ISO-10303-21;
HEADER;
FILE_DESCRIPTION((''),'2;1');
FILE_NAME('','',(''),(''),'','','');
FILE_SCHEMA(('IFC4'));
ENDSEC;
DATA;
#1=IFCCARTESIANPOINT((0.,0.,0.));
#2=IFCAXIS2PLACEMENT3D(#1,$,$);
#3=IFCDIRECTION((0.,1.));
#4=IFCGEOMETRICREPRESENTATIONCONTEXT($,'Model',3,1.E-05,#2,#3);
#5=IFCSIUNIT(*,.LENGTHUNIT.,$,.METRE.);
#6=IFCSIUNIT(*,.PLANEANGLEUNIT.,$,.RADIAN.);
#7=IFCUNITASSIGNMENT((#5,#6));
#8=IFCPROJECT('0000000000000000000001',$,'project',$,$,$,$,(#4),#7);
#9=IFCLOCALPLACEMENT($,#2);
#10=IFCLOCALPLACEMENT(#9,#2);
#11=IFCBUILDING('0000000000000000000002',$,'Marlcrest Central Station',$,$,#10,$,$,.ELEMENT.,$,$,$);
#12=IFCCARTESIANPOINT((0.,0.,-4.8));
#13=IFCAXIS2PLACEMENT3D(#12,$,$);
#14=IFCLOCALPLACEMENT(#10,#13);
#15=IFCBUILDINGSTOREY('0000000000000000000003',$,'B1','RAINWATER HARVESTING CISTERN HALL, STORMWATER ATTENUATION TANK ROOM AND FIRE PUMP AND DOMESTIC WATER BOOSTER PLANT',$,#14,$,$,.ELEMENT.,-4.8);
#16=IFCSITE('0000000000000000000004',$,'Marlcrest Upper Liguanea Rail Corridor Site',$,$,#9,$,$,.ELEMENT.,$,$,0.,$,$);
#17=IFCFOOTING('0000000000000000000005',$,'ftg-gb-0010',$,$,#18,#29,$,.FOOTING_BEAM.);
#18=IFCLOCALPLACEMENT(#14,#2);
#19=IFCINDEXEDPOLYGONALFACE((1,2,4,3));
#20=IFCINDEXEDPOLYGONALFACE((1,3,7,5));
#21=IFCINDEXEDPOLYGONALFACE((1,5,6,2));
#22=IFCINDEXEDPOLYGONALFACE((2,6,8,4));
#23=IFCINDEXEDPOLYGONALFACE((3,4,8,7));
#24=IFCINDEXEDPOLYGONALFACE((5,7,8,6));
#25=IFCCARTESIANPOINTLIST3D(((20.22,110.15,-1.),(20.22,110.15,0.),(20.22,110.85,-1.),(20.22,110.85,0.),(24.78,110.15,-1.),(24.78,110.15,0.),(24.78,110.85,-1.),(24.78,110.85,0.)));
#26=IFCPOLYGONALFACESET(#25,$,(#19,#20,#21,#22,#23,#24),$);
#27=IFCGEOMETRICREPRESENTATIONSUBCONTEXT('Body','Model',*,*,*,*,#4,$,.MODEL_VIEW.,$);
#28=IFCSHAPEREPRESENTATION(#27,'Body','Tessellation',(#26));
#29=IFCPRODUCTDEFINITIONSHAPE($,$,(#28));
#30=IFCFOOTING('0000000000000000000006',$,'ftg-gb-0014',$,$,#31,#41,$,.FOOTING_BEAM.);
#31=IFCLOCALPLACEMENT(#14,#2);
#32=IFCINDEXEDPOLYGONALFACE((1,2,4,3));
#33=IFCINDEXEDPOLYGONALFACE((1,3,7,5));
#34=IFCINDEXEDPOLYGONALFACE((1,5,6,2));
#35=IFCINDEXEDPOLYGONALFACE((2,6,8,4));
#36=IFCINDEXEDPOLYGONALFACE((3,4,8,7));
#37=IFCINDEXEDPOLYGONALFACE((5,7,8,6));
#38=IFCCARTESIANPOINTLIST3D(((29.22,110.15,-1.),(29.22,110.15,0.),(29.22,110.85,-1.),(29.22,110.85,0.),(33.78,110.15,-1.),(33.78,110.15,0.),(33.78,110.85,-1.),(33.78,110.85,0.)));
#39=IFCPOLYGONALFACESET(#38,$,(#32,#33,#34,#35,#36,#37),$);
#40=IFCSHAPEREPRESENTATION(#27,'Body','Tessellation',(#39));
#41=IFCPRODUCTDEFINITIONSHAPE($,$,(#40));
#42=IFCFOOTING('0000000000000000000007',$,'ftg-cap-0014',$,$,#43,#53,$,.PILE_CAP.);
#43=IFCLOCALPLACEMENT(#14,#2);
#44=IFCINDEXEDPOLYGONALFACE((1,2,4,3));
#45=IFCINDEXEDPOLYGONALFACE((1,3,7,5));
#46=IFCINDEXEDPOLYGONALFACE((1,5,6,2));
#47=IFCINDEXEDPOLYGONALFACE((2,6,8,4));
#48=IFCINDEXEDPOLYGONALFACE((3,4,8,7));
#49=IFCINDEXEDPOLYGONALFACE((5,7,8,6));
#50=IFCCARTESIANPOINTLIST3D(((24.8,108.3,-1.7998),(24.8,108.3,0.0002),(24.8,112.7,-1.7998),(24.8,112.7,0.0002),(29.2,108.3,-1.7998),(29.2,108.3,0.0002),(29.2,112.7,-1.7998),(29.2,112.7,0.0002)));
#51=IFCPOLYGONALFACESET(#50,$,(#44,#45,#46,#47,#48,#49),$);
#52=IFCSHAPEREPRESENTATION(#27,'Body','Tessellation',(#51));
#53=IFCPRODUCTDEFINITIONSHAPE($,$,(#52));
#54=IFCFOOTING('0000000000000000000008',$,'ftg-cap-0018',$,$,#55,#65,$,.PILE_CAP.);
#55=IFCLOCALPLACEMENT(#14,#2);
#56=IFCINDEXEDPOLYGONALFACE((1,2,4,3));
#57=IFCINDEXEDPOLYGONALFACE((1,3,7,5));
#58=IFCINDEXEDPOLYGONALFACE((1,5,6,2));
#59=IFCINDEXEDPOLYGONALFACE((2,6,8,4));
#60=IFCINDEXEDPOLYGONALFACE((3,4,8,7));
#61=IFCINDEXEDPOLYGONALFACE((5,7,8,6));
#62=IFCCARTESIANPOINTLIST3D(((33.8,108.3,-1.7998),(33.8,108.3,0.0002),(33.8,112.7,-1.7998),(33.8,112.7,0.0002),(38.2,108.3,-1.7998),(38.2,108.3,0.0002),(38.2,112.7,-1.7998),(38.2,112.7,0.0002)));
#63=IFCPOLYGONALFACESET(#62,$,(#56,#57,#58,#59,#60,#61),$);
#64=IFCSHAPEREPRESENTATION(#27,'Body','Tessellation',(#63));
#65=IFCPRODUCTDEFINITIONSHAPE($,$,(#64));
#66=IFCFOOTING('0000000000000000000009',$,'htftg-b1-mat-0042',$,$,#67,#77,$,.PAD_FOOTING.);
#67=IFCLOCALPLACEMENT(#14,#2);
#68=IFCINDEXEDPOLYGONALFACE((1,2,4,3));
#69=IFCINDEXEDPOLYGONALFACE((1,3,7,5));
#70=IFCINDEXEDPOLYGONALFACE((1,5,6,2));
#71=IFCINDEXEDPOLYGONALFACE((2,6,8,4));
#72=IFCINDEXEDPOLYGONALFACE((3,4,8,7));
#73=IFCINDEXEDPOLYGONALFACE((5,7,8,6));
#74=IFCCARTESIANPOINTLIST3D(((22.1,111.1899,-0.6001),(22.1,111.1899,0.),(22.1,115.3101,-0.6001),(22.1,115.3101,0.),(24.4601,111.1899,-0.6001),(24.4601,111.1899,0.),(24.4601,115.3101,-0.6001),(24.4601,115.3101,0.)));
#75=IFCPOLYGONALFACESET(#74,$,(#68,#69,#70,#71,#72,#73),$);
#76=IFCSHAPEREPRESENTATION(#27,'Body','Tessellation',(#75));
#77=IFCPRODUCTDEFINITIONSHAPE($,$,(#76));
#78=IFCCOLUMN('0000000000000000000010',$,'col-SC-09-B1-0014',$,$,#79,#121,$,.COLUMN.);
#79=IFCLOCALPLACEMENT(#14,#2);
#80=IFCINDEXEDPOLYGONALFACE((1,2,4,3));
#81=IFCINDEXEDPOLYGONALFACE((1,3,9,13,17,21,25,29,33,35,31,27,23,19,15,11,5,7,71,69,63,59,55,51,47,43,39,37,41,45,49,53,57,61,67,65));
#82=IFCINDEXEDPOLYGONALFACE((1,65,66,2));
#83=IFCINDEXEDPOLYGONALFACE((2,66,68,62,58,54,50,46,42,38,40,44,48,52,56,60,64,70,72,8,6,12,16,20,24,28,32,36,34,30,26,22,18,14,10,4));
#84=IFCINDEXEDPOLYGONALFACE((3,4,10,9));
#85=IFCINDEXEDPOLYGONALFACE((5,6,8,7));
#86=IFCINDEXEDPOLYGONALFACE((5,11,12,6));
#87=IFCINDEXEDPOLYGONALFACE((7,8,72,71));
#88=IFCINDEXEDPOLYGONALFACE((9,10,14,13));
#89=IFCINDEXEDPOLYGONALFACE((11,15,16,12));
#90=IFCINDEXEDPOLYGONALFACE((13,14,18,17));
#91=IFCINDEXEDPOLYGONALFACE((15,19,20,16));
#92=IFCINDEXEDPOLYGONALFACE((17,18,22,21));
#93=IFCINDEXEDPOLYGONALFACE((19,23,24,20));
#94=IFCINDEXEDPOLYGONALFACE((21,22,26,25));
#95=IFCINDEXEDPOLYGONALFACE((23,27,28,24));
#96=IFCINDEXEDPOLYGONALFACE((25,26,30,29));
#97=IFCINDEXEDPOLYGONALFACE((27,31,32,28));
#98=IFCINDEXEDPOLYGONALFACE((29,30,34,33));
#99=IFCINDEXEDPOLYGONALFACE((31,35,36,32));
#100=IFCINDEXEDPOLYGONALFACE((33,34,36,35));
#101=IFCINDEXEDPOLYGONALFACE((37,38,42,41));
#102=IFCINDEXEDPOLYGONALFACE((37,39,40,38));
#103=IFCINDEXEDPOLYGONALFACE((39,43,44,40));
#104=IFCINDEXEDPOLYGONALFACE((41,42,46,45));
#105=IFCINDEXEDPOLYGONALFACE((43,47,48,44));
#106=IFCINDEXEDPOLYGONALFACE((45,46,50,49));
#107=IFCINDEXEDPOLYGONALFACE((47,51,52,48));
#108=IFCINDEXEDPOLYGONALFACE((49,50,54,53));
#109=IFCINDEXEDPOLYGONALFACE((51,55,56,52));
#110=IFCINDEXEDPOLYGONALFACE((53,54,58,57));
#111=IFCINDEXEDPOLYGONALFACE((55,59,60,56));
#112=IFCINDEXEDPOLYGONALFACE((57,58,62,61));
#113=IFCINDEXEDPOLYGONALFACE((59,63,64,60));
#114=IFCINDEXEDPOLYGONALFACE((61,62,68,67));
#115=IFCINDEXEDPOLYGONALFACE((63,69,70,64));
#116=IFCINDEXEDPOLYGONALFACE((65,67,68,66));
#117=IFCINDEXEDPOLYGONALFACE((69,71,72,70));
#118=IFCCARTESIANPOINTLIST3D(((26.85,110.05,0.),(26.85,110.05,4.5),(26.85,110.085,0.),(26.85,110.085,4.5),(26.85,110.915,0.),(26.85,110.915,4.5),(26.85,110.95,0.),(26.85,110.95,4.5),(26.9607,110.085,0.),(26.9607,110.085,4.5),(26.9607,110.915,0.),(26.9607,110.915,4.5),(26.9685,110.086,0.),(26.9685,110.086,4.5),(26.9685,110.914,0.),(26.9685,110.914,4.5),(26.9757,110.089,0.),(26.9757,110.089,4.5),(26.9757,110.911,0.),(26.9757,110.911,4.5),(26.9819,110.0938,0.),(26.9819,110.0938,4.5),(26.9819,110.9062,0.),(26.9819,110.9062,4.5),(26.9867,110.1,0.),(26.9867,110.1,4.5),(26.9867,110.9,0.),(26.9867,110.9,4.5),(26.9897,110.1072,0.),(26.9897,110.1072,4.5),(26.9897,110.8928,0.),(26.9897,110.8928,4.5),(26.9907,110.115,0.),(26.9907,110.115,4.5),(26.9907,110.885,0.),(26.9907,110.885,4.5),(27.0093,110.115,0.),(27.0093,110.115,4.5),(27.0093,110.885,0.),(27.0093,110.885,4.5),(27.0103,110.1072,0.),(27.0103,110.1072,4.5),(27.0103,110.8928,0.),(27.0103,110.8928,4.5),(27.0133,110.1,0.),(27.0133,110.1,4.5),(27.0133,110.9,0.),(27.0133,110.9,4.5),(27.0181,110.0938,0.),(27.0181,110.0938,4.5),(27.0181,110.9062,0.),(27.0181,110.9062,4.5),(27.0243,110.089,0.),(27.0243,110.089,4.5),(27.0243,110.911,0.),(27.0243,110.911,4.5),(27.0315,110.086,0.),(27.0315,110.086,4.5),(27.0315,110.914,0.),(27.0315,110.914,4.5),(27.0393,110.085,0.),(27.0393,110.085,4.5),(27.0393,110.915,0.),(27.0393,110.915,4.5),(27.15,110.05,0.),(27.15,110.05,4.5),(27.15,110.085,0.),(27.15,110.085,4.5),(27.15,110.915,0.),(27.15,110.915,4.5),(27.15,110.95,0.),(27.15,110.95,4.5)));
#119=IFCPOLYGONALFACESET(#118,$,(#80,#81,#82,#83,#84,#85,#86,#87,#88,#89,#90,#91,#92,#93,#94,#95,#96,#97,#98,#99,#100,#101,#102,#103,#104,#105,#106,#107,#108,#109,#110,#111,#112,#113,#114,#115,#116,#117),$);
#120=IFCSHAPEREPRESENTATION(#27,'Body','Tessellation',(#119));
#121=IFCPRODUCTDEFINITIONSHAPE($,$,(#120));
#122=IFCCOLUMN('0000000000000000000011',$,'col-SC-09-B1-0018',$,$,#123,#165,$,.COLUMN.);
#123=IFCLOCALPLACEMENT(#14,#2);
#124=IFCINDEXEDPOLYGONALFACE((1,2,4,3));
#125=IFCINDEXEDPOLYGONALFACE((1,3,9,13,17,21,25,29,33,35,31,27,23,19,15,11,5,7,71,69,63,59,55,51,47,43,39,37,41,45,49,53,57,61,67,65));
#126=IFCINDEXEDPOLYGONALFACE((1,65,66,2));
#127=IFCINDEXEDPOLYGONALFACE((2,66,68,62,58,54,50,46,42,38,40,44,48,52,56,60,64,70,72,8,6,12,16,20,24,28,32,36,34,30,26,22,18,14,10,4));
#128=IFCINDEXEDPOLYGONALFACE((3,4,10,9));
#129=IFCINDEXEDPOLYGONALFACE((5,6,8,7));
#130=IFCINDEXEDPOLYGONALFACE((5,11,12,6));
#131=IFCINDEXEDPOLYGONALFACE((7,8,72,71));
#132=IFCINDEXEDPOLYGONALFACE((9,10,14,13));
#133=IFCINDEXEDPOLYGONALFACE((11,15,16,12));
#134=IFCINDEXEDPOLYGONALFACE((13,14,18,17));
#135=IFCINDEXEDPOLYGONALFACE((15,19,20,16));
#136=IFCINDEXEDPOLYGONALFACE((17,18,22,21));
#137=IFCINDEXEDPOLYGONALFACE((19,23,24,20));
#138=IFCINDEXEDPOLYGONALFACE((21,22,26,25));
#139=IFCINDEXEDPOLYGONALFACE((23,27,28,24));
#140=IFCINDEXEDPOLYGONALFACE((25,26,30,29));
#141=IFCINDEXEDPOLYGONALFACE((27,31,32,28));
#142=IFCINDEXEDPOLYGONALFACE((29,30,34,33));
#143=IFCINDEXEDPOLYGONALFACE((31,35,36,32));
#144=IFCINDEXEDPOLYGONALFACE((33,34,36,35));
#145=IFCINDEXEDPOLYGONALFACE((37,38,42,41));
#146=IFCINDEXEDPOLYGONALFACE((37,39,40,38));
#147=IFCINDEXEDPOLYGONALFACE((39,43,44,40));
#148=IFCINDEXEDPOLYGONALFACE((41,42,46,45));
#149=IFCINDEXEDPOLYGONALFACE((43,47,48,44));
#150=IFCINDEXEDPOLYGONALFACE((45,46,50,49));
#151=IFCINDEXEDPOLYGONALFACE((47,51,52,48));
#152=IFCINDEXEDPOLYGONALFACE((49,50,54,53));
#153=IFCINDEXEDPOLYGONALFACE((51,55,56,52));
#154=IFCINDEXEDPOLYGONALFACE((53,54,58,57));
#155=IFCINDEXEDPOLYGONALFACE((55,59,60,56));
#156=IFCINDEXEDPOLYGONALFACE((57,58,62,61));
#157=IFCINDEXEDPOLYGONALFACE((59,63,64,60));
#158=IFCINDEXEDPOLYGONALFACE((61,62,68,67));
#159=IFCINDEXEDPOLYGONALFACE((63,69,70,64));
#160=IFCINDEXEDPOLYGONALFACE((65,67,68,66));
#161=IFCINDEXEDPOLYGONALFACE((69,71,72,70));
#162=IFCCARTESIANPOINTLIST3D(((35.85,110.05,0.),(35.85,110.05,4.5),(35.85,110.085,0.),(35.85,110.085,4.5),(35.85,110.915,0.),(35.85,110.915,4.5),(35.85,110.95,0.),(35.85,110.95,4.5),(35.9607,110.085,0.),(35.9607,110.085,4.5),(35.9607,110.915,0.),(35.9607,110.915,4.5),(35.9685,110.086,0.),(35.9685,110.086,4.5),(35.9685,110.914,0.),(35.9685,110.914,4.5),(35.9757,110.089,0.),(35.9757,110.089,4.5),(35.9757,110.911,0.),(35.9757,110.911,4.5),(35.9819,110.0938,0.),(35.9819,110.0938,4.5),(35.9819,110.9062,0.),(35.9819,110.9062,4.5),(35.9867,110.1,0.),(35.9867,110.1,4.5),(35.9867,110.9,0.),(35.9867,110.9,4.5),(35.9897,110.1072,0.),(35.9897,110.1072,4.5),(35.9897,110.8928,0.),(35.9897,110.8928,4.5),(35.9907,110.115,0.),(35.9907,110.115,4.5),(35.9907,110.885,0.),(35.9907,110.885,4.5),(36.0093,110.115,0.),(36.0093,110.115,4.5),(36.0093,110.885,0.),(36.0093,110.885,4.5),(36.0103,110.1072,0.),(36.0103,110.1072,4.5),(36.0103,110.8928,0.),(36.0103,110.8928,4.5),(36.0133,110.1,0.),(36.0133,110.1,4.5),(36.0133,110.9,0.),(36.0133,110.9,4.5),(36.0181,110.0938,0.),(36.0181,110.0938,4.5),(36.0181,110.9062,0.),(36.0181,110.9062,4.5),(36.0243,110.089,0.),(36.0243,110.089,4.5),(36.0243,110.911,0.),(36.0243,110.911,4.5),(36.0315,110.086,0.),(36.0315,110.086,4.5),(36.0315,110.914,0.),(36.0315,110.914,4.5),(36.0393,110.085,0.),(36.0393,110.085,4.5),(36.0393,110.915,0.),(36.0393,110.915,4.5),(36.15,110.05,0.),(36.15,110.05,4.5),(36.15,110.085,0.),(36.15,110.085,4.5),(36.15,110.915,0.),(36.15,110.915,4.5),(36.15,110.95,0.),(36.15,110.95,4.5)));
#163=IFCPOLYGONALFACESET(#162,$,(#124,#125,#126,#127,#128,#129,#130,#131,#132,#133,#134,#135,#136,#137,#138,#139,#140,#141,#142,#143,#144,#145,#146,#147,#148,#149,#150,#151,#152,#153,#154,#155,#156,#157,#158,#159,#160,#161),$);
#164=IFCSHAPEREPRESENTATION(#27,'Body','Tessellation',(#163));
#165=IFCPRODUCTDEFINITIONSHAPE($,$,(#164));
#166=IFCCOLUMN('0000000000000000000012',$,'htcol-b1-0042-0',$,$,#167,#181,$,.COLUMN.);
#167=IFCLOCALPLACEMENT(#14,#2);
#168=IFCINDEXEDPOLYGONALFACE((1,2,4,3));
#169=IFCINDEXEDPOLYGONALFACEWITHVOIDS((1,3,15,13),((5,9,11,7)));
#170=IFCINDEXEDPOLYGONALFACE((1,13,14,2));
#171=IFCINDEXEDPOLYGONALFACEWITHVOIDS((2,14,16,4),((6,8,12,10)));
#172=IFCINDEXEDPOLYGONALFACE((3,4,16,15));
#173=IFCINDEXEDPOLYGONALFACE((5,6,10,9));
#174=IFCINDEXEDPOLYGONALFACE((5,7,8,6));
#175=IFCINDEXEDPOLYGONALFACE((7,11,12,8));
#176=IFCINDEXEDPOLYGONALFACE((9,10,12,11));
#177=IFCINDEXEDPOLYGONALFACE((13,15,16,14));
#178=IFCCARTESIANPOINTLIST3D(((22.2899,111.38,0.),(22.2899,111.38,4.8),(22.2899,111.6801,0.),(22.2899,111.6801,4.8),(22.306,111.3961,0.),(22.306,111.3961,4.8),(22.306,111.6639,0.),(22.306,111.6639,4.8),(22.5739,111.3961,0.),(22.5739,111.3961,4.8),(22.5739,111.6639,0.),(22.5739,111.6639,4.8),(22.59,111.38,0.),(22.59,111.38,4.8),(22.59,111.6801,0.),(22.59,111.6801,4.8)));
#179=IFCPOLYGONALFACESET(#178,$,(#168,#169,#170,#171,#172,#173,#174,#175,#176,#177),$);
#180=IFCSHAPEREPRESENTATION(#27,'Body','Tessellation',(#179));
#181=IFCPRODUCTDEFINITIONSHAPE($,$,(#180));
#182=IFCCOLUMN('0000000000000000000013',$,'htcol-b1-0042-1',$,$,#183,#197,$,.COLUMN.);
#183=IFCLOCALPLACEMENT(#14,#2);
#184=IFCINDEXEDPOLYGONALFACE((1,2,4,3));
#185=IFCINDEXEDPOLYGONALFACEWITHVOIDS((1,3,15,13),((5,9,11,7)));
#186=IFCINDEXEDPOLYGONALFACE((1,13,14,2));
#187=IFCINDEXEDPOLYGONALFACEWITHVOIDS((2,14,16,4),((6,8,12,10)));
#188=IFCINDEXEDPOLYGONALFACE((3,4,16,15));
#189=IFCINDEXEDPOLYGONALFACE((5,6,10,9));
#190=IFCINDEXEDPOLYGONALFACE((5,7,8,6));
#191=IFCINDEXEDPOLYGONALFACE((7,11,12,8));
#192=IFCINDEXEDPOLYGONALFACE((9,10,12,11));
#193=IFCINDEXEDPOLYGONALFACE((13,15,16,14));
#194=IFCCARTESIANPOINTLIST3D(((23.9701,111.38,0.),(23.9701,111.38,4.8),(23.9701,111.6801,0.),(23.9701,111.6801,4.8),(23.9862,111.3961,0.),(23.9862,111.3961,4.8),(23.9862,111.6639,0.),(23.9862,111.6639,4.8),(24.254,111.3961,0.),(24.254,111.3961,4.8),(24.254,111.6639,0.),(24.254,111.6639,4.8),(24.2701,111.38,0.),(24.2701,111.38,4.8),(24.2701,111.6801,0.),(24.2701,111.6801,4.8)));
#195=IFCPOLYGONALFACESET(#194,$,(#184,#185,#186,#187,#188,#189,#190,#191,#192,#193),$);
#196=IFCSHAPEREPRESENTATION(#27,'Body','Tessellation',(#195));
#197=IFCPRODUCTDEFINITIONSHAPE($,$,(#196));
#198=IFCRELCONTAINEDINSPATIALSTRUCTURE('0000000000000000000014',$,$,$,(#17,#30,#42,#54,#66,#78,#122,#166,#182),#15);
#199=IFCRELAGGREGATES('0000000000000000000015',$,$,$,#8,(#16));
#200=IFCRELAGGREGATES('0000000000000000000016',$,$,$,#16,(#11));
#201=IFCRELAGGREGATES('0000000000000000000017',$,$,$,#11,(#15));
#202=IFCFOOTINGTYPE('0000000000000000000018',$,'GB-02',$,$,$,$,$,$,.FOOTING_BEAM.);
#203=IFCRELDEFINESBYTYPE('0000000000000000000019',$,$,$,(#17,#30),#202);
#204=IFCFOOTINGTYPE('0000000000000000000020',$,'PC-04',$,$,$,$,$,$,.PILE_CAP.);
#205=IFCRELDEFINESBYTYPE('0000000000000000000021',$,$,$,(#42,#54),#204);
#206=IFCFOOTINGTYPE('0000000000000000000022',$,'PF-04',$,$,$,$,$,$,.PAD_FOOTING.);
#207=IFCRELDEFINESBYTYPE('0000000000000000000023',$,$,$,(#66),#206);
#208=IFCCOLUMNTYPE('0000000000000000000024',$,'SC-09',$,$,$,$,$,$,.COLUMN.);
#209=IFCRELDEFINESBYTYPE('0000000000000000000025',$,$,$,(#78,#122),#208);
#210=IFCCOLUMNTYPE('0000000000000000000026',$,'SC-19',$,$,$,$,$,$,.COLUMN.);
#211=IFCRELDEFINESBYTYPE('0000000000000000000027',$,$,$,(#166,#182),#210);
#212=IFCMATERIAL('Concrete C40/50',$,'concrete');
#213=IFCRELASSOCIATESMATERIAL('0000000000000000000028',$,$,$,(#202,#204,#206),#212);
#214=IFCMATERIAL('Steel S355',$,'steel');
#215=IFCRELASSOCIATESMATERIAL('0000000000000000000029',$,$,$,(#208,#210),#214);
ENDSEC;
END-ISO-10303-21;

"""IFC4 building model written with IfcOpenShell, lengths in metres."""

from ifc_helpers import new_model, si_unit, direction, frame, origin, origin_2d, place, context, subcontext, project, spatial, rectangle, hollow_rectangle, i_section, extrude, material, material_profile, profile_set, type_object, element, save


model = new_model("IFC4")

# Units and contexts
model_context = context("Model", 3, precision=1e-05, world=origin(), true_north=direction((0.0, 1.0)))
body_context = subcontext(model_context, "Body", "Model", "MODEL_VIEW")
ifc_project = project(units=[si_unit("LENGTHUNIT", "METRE"), si_unit("PLANEANGLEUNIT", "RADIAN")], contexts=[model_context])

# Site, building, storey
site_placement = place(None, origin())
site = spatial("IfcSite", under=ifc_project, at=site_placement, Name="Marlcrest Upper Liguanea Rail Corridor Site", CompositionType="ELEMENT", RefElevation=0.0)
building_placement = place(site_placement, origin())
building = spatial("IfcBuilding", under=site, at=building_placement, Name="Marlcrest Central Station", CompositionType="ELEMENT")
storey_placement = place(building_placement, frame((0.0, 0.0, -4.8)))
storey = spatial("IfcBuildingStorey", under=building, at=storey_placement, Name="B1", Description="RAINWATER HARVESTING CISTERN HALL, STORMWATER ATTENUATION TANK ROOM AND FIRE PUMP AND DOMESTIC WATER BOOSTER PLANT", CompositionType="ELEMENT", Elevation=-4.8)

# Footings
ifc_material_1 = material(Name="Concrete C40/50", Category="concrete")
footing_type_1 = type_object("IfcFootingType", Name="GB-02", PredefinedType="FOOTING_BEAM", material=ifc_material_1)
for number, where, z_axis, x_axis, name in (
    (1, (22.5, 110.5, -1.0), (0.0, 0.0, 1.0), (1.0, 0.0, 0.0), "ftg-gb-0010"),
    (2, (31.5, 110.5, -1.0), (0.0, 0.0, 1.0), (1.0, 0.0, 0.0), "ftg-gb-0014"),
):
    element("IfcFooting", number, at=place(storey_placement, frame(where, z_axis=z_axis, x_axis=x_axis)), inside=storey, type_object=footing_type_1, Name=name, PredefinedType="FOOTING_BEAM", context=body_context, shape_type="SweptSolid", body=[
        extrude(rectangle(XDim=4.5601, YDim=0.7, at=origin_2d()), origin(), (0.0, 0.0, 1.0), 1.0),
    ])
footing_type_2 = type_object("IfcFootingType", Name="PC-04", PredefinedType="PILE_CAP", material=ifc_material_1)
for number, where, z_axis, x_axis, name in (
    (3, (27.0, 110.5, -1.7998), (0.0, 0.0, 1.0), (1.0, 0.0, 0.0), "ftg-cap-0014"),
    (4, (36.0, 110.5, -1.7998), (0.0, 0.0, 1.0), (1.0, 0.0, 0.0), "ftg-cap-0018"),
):
    element("IfcFooting", number, at=place(storey_placement, frame(where, z_axis=z_axis, x_axis=x_axis)), inside=storey, type_object=footing_type_2, Name=name, PredefinedType="PILE_CAP", context=body_context, shape_type="SweptSolid", body=[
        extrude(rectangle(XDim=4.3999, YDim=4.3999, at=origin_2d()), origin(), (0.0, 0.0, 1.0), 1.8),
    ])
footing_type_3 = type_object("IfcFootingType", Name="PF-04", PredefinedType="PAD_FOOTING", material=ifc_material_1)
footing_placement = place(storey_placement, frame((23.28, 113.25, -0.6001), z_axis=(0.0, 0.0, 1.0), x_axis=(1.0, 0.0, 0.0)))
element("IfcFooting", 5, at=footing_placement, inside=storey, type_object=footing_type_3, Name="htftg-b1-mat-0042", PredefinedType="PAD_FOOTING", context=body_context, shape_type="SweptSolid", body=[
    extrude(rectangle(XDim=2.3601, YDim=4.1201, at=origin_2d()), origin(), (0.0, 0.0, 1.0), 0.6001),
])

# Columns
ifc_material_2 = material(Name="Steel S355", Category="steel")
ifc_material_profile_1 = material_profile(ifc_material_2, i_section(OverallWidth=0.3, OverallDepth=0.8999, WebThickness=0.0186, FlangeThickness=0.0349, FilletRadius=0.03, at=origin_2d()), Name="HEB 900")
ifc_profile_set_1 = profile_set([ifc_material_profile_1], Name="Steel S355")
column_type_1 = type_object("IfcColumnType", Name="SC-09", PredefinedType="COLUMN", material=ifc_profile_set_1)
for number, where, z_axis, x_axis, name in (
    (6, (27.0, 110.5, 0.0), (0.0, 0.0, 1.0), (1.0, 0.0, 0.0), "col-SC-09-B1-0014"),
    (7, (36.0, 110.5, 0.0), (0.0, 0.0, 1.0), (1.0, 0.0, 0.0), "col-SC-09-B1-0018"),
):
    element("IfcColumn", number, at=place(storey_placement, frame(where, z_axis=z_axis, x_axis=x_axis)), inside=storey, type_object=column_type_1, Name=name, PredefinedType="COLUMN", context=body_context, shape_type="SweptSolid", body=[
        extrude(i_section(OverallWidth=0.3, OverallDepth=0.8999, WebThickness=0.0186, FlangeThickness=0.0349, FilletRadius=0.03, at=origin_2d()), origin(), (0.0, 0.0, 1.0), 4.5),
    ])
ifc_material_profile_2 = material_profile(ifc_material_2, hollow_rectangle(XDim=0.3, YDim=0.3, WallThickness=0.0161, at=origin_2d()), Name="SHS 300x300x16")
ifc_profile_set_2 = profile_set([ifc_material_profile_2], Name="Steel S355")
column_type_2 = type_object("IfcColumnType", Name="SC-19", PredefinedType="COLUMN", material=ifc_profile_set_2)
for number, where, z_axis, x_axis, name in (
    (8, (22.4399, 111.53, 0.0), (0.0, 0.0, 1.0), (1.0, 0.0, 0.0), "htcol-b1-0042-0"),
    (9, (24.1201, 111.53, 0.0), (0.0, 0.0, 1.0), (1.0, 0.0, 0.0), "htcol-b1-0042-1"),
):
    element("IfcColumn", number, at=place(storey_placement, frame(where, z_axis=z_axis, x_axis=x_axis)), inside=storey, type_object=column_type_2, Name=name, PredefinedType="COLUMN", context=body_context, shape_type="SweptSolid", body=[
        extrude(hollow_rectangle(XDim=0.3, YDim=0.3, WallThickness=0.0161, at=origin_2d()), origin(), (0.0, 0.0, 1.0), 4.8),
    ])

save(model, "model.ifc")
